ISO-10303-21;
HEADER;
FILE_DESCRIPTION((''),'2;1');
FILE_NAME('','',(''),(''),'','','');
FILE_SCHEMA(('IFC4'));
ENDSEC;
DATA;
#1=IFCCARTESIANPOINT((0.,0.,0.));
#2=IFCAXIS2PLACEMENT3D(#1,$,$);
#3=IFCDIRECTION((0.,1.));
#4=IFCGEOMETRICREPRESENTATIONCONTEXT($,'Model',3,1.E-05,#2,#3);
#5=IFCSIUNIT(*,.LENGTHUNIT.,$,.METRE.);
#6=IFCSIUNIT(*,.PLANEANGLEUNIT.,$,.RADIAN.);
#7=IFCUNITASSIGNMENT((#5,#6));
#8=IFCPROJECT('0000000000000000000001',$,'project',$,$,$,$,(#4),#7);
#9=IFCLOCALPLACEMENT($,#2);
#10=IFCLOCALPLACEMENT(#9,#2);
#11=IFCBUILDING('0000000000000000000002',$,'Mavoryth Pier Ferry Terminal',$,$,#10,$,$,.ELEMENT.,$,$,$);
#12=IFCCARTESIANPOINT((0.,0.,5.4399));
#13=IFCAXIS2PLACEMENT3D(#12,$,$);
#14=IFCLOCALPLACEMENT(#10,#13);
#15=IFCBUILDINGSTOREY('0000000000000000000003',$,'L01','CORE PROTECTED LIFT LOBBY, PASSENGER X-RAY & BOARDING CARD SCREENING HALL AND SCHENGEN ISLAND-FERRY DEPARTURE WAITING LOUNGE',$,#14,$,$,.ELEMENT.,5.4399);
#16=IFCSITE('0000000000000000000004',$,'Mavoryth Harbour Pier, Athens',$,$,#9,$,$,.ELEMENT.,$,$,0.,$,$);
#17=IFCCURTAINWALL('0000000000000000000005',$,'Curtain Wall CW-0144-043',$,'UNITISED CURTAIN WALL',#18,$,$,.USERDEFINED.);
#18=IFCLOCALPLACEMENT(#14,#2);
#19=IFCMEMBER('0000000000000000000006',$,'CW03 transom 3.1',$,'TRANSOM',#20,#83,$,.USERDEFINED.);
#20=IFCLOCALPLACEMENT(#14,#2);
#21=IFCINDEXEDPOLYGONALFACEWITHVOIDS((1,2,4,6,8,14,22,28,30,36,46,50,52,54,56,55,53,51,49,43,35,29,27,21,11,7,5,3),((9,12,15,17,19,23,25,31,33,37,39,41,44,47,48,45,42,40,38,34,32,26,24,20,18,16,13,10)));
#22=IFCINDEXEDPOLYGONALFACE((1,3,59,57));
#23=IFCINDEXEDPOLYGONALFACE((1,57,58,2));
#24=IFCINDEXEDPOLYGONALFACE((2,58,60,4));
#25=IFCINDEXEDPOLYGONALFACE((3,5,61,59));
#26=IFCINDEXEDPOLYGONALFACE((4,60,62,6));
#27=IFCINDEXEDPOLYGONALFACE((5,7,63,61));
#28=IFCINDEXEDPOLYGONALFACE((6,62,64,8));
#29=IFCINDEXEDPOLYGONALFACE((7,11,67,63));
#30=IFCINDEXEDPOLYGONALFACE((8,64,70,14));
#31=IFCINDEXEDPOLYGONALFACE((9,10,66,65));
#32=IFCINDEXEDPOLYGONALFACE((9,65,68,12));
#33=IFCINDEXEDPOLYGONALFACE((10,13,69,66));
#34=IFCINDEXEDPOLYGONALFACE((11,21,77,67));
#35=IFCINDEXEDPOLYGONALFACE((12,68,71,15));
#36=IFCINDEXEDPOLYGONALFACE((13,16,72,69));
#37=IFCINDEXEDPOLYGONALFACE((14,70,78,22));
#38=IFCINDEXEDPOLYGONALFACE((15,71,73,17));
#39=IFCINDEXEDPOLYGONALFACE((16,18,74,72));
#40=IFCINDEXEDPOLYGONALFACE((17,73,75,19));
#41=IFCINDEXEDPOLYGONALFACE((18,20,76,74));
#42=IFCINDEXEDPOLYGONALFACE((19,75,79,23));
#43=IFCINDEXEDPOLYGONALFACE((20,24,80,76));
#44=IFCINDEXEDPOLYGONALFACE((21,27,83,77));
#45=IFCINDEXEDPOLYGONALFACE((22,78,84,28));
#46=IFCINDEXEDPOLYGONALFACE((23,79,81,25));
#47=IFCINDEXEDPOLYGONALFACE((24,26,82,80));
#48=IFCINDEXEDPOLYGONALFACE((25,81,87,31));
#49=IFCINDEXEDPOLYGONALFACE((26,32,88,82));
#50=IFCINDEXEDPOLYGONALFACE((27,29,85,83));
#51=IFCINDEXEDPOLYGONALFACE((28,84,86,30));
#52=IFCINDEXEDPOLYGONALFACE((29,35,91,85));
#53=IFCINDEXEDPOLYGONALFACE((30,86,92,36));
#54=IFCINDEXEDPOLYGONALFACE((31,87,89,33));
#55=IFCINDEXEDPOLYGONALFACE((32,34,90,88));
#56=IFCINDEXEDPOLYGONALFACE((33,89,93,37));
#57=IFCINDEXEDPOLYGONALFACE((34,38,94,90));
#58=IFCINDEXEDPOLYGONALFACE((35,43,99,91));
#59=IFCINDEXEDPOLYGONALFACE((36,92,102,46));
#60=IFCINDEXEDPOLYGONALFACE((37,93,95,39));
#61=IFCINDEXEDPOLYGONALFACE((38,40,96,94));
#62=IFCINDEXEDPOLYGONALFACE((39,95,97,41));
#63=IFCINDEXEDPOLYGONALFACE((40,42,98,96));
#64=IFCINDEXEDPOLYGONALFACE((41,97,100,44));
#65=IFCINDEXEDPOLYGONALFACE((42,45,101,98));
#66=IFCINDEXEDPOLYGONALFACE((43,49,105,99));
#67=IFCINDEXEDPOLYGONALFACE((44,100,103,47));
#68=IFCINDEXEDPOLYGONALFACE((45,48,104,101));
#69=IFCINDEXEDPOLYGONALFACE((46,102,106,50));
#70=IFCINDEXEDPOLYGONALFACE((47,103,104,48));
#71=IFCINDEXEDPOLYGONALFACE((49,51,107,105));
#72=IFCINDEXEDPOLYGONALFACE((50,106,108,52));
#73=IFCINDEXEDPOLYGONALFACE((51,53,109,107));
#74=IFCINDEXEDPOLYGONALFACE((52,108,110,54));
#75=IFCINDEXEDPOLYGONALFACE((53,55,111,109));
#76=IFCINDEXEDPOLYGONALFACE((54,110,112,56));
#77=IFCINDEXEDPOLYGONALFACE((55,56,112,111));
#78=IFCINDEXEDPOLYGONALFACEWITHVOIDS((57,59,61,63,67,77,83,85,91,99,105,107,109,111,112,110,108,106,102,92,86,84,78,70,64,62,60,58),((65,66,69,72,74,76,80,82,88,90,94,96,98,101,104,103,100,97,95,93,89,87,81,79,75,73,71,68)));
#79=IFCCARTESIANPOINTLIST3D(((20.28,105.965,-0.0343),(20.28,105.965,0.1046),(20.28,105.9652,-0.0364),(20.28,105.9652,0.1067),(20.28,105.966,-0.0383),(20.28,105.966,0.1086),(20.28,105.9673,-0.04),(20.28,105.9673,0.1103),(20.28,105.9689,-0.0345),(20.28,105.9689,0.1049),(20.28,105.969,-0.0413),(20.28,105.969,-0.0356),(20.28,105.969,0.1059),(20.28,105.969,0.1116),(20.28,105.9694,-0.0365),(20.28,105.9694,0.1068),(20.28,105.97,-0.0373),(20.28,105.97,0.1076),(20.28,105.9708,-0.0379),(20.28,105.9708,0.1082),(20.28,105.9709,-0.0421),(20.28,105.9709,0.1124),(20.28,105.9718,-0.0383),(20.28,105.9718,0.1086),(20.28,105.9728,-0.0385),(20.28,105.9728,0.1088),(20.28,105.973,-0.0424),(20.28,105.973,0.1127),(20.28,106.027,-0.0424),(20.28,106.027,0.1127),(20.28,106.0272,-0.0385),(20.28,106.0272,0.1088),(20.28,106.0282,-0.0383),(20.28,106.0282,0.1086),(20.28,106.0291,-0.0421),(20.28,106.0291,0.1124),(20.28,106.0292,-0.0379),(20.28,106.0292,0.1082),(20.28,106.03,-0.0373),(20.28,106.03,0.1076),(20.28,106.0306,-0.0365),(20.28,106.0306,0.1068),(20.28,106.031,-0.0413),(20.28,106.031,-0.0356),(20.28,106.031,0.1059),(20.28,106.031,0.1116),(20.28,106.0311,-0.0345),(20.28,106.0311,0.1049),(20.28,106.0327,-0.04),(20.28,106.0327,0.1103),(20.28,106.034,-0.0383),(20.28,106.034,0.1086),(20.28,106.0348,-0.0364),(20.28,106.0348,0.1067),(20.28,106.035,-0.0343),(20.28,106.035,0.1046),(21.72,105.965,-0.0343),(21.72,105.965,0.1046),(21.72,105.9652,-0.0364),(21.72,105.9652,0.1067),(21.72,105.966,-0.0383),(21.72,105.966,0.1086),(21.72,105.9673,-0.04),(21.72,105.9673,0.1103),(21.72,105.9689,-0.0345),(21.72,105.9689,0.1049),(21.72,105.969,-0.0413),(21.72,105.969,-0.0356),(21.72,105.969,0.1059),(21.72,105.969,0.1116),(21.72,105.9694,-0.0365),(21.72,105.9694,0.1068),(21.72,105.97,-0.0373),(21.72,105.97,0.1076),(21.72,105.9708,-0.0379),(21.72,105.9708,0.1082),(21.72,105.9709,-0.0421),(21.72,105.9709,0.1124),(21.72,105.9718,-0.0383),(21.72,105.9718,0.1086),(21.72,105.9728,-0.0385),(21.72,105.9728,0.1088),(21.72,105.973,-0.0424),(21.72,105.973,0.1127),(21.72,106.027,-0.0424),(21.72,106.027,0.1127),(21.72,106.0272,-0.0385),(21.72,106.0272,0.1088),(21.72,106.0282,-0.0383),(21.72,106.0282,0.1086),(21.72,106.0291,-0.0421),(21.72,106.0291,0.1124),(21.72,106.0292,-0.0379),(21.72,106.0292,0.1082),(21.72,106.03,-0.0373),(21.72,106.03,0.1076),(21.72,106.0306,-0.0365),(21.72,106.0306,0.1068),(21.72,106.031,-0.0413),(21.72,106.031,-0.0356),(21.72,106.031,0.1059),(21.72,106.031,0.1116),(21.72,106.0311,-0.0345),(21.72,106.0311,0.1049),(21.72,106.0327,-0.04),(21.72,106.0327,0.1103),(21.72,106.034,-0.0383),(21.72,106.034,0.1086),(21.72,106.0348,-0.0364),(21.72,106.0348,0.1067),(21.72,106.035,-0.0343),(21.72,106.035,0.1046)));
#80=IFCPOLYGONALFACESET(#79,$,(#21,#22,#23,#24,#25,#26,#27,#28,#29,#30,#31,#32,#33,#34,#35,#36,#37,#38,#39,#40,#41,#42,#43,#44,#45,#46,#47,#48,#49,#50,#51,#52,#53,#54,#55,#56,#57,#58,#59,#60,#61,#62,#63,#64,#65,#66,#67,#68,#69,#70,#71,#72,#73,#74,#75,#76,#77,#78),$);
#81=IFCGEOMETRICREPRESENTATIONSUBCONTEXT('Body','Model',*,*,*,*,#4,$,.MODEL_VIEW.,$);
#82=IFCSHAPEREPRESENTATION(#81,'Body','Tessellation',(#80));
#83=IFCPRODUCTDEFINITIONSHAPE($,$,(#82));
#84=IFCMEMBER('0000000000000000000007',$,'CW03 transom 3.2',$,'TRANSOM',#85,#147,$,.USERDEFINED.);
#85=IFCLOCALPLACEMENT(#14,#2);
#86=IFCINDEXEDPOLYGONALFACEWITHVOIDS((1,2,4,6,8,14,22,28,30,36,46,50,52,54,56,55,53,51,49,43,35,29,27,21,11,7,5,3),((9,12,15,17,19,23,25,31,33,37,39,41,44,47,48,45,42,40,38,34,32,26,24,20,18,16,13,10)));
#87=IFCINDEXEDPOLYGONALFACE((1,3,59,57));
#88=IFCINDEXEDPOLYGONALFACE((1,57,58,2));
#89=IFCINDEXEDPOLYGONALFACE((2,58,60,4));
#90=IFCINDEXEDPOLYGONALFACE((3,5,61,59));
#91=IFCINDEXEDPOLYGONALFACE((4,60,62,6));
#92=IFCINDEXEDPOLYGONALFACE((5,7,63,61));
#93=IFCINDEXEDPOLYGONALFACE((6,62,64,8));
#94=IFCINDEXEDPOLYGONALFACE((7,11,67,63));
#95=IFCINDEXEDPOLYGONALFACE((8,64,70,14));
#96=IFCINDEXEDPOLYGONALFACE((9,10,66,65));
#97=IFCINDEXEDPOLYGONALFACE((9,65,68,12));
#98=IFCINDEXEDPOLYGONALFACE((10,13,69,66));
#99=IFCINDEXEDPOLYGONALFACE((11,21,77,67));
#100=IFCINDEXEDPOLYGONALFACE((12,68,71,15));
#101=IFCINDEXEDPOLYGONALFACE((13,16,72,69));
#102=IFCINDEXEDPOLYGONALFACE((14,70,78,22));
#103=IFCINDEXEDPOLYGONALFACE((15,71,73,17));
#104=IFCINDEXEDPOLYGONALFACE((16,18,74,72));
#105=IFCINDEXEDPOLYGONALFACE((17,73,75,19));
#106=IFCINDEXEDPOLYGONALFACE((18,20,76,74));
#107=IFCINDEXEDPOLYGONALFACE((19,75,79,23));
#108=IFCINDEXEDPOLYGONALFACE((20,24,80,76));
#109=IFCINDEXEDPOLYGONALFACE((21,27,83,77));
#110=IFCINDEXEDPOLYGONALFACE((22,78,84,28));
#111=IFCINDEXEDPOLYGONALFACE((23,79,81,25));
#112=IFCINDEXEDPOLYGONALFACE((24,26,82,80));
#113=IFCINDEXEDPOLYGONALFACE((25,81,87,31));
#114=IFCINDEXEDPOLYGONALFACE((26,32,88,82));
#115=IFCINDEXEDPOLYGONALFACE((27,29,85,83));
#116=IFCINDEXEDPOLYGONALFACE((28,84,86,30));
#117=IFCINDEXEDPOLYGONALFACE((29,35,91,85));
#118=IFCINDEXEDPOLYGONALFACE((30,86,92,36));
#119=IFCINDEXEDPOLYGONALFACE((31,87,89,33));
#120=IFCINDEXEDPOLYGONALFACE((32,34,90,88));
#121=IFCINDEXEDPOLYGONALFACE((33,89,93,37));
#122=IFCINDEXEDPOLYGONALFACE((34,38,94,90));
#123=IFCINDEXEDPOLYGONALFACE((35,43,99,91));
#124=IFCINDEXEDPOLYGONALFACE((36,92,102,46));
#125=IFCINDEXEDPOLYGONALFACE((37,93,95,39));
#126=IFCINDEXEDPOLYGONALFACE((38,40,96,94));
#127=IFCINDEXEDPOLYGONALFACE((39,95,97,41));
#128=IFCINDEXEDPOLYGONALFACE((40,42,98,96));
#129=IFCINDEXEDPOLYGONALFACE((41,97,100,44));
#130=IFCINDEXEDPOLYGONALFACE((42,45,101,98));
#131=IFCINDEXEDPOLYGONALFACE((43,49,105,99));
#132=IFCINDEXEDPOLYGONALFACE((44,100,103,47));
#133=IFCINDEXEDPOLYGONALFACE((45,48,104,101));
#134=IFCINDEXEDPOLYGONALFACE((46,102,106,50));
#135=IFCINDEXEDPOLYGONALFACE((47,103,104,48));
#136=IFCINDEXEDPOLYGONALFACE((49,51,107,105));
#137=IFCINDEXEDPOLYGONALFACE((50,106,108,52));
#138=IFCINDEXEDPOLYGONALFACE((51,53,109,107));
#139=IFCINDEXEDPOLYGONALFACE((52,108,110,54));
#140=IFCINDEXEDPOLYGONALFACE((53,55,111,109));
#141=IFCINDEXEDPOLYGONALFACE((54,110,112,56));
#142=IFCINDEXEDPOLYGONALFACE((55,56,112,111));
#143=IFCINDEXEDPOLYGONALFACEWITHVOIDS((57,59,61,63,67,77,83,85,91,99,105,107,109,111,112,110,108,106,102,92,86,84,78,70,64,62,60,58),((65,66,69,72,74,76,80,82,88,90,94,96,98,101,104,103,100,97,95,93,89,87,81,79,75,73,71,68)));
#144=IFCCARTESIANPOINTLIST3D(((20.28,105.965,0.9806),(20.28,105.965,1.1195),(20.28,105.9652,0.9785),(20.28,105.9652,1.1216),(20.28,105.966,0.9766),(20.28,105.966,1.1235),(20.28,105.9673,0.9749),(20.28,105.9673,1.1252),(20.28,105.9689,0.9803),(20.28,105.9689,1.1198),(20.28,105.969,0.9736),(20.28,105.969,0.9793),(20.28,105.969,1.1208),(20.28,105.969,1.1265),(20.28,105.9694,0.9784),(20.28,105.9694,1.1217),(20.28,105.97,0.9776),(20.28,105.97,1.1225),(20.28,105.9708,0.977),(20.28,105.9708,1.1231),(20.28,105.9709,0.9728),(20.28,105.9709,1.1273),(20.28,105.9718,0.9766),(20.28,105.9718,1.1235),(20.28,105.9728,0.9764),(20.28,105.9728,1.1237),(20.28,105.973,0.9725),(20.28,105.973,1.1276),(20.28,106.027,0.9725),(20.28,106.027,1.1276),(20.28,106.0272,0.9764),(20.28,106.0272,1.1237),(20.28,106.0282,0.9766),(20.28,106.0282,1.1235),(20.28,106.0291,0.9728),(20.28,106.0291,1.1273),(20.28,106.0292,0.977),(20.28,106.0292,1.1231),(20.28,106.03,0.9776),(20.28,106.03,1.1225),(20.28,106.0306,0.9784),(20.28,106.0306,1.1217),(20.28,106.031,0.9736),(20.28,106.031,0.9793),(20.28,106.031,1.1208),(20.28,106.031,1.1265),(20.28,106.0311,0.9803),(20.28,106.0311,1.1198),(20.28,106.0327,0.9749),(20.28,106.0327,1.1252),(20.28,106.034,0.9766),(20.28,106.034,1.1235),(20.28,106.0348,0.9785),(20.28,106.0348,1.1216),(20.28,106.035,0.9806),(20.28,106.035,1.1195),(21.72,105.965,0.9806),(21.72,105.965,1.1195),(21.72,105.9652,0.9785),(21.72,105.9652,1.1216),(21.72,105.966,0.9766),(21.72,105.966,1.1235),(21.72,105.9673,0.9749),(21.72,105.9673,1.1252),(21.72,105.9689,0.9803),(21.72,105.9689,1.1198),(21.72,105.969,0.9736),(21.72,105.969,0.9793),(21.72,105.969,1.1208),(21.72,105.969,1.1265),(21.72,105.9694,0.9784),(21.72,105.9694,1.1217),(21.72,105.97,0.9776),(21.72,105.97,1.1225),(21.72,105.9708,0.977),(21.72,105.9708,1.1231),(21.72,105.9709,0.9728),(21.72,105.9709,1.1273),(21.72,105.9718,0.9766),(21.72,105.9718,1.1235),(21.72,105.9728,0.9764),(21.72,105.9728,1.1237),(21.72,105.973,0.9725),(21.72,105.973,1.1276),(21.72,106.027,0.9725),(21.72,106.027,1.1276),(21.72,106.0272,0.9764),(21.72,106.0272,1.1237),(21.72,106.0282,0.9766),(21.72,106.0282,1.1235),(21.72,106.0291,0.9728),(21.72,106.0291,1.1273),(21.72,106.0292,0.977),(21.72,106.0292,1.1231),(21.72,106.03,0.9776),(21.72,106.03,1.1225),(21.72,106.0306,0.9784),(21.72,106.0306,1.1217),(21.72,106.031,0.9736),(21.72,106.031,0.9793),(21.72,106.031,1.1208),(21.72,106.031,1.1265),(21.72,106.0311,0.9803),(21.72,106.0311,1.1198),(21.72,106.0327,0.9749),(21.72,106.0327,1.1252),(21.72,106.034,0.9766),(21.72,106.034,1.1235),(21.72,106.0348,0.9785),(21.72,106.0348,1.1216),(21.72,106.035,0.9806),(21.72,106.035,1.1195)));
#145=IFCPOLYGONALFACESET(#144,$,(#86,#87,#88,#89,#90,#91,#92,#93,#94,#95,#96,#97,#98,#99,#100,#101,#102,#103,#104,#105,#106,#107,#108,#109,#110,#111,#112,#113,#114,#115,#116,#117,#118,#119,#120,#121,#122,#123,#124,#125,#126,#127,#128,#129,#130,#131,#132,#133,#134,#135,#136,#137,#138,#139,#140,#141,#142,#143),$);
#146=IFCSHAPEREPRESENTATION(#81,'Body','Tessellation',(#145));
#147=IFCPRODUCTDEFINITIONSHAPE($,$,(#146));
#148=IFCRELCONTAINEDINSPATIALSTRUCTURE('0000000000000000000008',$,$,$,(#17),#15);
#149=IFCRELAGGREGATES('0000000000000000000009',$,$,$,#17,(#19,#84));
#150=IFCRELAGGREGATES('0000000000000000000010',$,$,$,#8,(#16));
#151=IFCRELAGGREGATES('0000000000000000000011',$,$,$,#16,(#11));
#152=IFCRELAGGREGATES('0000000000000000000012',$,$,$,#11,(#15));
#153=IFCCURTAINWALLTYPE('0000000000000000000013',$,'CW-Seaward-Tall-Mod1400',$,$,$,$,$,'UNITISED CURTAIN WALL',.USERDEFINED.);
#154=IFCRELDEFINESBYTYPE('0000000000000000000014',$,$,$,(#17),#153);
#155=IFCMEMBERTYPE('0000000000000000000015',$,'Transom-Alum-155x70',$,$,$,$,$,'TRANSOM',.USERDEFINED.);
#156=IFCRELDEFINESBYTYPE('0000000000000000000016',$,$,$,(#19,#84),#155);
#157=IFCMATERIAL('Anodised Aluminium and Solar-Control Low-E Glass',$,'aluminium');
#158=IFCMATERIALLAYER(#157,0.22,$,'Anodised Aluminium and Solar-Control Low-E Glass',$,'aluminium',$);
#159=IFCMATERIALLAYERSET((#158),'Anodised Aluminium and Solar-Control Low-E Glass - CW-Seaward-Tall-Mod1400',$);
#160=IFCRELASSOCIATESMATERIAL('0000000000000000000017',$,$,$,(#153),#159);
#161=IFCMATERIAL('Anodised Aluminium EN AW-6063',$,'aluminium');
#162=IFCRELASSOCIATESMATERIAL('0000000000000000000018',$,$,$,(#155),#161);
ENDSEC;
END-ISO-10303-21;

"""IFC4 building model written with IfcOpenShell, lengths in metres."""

from ifc_helpers import new_model, si_unit, direction, frame, origin, origin_2d, place, context, subcontext, project, spatial, hollow_rectangle, extrude, material, layer, layer_set, material_profile, profile_set, type_object, element, aggregate, save


model = new_model("IFC4")

# Units and contexts
model_context = context("Model", 3, precision=1e-05, world=origin(), true_north=direction((0.0, 1.0)))
body_context = subcontext(model_context, "Body", "Model", "MODEL_VIEW")
ifc_project = project(units=[si_unit("LENGTHUNIT", "METRE"), si_unit("PLANEANGLEUNIT", "RADIAN")], contexts=[model_context])

# Site, building, storey
site_placement = place(None, origin())
site = spatial("IfcSite", under=ifc_project, at=site_placement, Name="Mavoryth Harbour Pier, Athens", CompositionType="ELEMENT", RefElevation=0.0)
building_placement = place(site_placement, origin())
building = spatial("IfcBuilding", under=site, at=building_placement, Name="Mavoryth Pier Ferry Terminal", CompositionType="ELEMENT")
storey_placement = place(building_placement, frame((0.0, 0.0, 5.4399)))
storey = spatial("IfcBuildingStorey", under=building, at=storey_placement, Name="L01", Description="CORE PROTECTED LIFT LOBBY, PASSENGER X-RAY & BOARDING CARD SCREENING HALL AND SCHENGEN ISLAND-FERRY DEPARTURE WAITING LOUNGE", CompositionType="ELEMENT", Elevation=5.4399)

# Curtain wall
ifc_material_1 = material(Name="Anodised Aluminium and Solar-Control Low-E Glass", Category="aluminium")
ifc_layer_1 = layer(ifc_material_1, 0.22, Name="Anodised Aluminium and Solar-Control Low-E Glass", Category="aluminium")
ifc_layer_set_1 = layer_set([ifc_layer_1], Name="Anodised Aluminium and Solar-Control Low-E Glass - CW-Seaward-Tall-Mod1400")
curtain_wall_type = type_object("IfcCurtainWallType", Name="CW-Seaward-Tall-Mod1400", ElementType="UNITISED CURTAIN WALL", PredefinedType="USERDEFINED", material=ifc_layer_set_1)
curtain_wall_placement = place(storey_placement, origin())
curtain_wall = element("IfcCurtainWall", 1, at=curtain_wall_placement, inside=storey, type_object=curtain_wall_type, Name="Curtain Wall CW-0144-043", ObjectType="UNITISED CURTAIN WALL", PredefinedType="USERDEFINED")
ifc_material_2 = material(Name="Anodised Aluminium EN AW-6063", Category="aluminium")

# Members
ifc_material_profile_1 = material_profile(ifc_material_2, hollow_rectangle(XDim=0.0701, YDim=0.155, WallThickness=0.0039, InnerFilletRadius=0.0039, OuterFilletRadius=0.0081, at=origin_2d()), Name="AL-TRAN 155x70x4", Category="aluminium")
ifc_profile_set_1 = profile_set([ifc_material_profile_1], Name="Anodised Aluminium EN AW-6063 - AL-TRAN 155x70x4")
member_type_1 = type_object("IfcMemberType", Name="Transom-Alum-155x70", ElementType="TRANSOM", PredefinedType="USERDEFINED", material=ifc_profile_set_1)
member_1_placement = place(storey_placement, frame((21.72, 106.0, 0.0352), z_axis=(-1.0, 0.0, 0.0), x_axis=(0.0, -1.0, 0.0)))
member_1 = element("IfcMember", 2, at=member_1_placement, type_object=member_type_1, Name="CW03 transom 3.1", ObjectType="TRANSOM", PredefinedType="USERDEFINED", context=body_context, shape_type="SweptSolid", body=[
    extrude(hollow_rectangle(XDim=0.0701, YDim=0.155, WallThickness=0.0039, InnerFilletRadius=0.0039, OuterFilletRadius=0.0081, at=origin_2d()), origin(), (0.0, 0.0, 1.0), 1.4399),
])
member_2_placement = place(storey_placement, frame((21.72, 106.0, 1.05), z_axis=(-1.0, 0.0, 0.0), x_axis=(0.0, -1.0, 0.0)))
member_2 = element("IfcMember", 3, at=member_2_placement, type_object=member_type_1, Name="CW03 transom 3.2", ObjectType="TRANSOM", PredefinedType="USERDEFINED", context=body_context, shape_type="SweptSolid", body=[
    extrude(hollow_rectangle(XDim=0.0701, YDim=0.155, WallThickness=0.0039, InnerFilletRadius=0.0039, OuterFilletRadius=0.0081, at=origin_2d()), origin(), (0.0, 0.0, 1.0), 1.4399),
])

aggregate(curtain_wall, [member_1, member_2])

save(model, "model.ifc")
